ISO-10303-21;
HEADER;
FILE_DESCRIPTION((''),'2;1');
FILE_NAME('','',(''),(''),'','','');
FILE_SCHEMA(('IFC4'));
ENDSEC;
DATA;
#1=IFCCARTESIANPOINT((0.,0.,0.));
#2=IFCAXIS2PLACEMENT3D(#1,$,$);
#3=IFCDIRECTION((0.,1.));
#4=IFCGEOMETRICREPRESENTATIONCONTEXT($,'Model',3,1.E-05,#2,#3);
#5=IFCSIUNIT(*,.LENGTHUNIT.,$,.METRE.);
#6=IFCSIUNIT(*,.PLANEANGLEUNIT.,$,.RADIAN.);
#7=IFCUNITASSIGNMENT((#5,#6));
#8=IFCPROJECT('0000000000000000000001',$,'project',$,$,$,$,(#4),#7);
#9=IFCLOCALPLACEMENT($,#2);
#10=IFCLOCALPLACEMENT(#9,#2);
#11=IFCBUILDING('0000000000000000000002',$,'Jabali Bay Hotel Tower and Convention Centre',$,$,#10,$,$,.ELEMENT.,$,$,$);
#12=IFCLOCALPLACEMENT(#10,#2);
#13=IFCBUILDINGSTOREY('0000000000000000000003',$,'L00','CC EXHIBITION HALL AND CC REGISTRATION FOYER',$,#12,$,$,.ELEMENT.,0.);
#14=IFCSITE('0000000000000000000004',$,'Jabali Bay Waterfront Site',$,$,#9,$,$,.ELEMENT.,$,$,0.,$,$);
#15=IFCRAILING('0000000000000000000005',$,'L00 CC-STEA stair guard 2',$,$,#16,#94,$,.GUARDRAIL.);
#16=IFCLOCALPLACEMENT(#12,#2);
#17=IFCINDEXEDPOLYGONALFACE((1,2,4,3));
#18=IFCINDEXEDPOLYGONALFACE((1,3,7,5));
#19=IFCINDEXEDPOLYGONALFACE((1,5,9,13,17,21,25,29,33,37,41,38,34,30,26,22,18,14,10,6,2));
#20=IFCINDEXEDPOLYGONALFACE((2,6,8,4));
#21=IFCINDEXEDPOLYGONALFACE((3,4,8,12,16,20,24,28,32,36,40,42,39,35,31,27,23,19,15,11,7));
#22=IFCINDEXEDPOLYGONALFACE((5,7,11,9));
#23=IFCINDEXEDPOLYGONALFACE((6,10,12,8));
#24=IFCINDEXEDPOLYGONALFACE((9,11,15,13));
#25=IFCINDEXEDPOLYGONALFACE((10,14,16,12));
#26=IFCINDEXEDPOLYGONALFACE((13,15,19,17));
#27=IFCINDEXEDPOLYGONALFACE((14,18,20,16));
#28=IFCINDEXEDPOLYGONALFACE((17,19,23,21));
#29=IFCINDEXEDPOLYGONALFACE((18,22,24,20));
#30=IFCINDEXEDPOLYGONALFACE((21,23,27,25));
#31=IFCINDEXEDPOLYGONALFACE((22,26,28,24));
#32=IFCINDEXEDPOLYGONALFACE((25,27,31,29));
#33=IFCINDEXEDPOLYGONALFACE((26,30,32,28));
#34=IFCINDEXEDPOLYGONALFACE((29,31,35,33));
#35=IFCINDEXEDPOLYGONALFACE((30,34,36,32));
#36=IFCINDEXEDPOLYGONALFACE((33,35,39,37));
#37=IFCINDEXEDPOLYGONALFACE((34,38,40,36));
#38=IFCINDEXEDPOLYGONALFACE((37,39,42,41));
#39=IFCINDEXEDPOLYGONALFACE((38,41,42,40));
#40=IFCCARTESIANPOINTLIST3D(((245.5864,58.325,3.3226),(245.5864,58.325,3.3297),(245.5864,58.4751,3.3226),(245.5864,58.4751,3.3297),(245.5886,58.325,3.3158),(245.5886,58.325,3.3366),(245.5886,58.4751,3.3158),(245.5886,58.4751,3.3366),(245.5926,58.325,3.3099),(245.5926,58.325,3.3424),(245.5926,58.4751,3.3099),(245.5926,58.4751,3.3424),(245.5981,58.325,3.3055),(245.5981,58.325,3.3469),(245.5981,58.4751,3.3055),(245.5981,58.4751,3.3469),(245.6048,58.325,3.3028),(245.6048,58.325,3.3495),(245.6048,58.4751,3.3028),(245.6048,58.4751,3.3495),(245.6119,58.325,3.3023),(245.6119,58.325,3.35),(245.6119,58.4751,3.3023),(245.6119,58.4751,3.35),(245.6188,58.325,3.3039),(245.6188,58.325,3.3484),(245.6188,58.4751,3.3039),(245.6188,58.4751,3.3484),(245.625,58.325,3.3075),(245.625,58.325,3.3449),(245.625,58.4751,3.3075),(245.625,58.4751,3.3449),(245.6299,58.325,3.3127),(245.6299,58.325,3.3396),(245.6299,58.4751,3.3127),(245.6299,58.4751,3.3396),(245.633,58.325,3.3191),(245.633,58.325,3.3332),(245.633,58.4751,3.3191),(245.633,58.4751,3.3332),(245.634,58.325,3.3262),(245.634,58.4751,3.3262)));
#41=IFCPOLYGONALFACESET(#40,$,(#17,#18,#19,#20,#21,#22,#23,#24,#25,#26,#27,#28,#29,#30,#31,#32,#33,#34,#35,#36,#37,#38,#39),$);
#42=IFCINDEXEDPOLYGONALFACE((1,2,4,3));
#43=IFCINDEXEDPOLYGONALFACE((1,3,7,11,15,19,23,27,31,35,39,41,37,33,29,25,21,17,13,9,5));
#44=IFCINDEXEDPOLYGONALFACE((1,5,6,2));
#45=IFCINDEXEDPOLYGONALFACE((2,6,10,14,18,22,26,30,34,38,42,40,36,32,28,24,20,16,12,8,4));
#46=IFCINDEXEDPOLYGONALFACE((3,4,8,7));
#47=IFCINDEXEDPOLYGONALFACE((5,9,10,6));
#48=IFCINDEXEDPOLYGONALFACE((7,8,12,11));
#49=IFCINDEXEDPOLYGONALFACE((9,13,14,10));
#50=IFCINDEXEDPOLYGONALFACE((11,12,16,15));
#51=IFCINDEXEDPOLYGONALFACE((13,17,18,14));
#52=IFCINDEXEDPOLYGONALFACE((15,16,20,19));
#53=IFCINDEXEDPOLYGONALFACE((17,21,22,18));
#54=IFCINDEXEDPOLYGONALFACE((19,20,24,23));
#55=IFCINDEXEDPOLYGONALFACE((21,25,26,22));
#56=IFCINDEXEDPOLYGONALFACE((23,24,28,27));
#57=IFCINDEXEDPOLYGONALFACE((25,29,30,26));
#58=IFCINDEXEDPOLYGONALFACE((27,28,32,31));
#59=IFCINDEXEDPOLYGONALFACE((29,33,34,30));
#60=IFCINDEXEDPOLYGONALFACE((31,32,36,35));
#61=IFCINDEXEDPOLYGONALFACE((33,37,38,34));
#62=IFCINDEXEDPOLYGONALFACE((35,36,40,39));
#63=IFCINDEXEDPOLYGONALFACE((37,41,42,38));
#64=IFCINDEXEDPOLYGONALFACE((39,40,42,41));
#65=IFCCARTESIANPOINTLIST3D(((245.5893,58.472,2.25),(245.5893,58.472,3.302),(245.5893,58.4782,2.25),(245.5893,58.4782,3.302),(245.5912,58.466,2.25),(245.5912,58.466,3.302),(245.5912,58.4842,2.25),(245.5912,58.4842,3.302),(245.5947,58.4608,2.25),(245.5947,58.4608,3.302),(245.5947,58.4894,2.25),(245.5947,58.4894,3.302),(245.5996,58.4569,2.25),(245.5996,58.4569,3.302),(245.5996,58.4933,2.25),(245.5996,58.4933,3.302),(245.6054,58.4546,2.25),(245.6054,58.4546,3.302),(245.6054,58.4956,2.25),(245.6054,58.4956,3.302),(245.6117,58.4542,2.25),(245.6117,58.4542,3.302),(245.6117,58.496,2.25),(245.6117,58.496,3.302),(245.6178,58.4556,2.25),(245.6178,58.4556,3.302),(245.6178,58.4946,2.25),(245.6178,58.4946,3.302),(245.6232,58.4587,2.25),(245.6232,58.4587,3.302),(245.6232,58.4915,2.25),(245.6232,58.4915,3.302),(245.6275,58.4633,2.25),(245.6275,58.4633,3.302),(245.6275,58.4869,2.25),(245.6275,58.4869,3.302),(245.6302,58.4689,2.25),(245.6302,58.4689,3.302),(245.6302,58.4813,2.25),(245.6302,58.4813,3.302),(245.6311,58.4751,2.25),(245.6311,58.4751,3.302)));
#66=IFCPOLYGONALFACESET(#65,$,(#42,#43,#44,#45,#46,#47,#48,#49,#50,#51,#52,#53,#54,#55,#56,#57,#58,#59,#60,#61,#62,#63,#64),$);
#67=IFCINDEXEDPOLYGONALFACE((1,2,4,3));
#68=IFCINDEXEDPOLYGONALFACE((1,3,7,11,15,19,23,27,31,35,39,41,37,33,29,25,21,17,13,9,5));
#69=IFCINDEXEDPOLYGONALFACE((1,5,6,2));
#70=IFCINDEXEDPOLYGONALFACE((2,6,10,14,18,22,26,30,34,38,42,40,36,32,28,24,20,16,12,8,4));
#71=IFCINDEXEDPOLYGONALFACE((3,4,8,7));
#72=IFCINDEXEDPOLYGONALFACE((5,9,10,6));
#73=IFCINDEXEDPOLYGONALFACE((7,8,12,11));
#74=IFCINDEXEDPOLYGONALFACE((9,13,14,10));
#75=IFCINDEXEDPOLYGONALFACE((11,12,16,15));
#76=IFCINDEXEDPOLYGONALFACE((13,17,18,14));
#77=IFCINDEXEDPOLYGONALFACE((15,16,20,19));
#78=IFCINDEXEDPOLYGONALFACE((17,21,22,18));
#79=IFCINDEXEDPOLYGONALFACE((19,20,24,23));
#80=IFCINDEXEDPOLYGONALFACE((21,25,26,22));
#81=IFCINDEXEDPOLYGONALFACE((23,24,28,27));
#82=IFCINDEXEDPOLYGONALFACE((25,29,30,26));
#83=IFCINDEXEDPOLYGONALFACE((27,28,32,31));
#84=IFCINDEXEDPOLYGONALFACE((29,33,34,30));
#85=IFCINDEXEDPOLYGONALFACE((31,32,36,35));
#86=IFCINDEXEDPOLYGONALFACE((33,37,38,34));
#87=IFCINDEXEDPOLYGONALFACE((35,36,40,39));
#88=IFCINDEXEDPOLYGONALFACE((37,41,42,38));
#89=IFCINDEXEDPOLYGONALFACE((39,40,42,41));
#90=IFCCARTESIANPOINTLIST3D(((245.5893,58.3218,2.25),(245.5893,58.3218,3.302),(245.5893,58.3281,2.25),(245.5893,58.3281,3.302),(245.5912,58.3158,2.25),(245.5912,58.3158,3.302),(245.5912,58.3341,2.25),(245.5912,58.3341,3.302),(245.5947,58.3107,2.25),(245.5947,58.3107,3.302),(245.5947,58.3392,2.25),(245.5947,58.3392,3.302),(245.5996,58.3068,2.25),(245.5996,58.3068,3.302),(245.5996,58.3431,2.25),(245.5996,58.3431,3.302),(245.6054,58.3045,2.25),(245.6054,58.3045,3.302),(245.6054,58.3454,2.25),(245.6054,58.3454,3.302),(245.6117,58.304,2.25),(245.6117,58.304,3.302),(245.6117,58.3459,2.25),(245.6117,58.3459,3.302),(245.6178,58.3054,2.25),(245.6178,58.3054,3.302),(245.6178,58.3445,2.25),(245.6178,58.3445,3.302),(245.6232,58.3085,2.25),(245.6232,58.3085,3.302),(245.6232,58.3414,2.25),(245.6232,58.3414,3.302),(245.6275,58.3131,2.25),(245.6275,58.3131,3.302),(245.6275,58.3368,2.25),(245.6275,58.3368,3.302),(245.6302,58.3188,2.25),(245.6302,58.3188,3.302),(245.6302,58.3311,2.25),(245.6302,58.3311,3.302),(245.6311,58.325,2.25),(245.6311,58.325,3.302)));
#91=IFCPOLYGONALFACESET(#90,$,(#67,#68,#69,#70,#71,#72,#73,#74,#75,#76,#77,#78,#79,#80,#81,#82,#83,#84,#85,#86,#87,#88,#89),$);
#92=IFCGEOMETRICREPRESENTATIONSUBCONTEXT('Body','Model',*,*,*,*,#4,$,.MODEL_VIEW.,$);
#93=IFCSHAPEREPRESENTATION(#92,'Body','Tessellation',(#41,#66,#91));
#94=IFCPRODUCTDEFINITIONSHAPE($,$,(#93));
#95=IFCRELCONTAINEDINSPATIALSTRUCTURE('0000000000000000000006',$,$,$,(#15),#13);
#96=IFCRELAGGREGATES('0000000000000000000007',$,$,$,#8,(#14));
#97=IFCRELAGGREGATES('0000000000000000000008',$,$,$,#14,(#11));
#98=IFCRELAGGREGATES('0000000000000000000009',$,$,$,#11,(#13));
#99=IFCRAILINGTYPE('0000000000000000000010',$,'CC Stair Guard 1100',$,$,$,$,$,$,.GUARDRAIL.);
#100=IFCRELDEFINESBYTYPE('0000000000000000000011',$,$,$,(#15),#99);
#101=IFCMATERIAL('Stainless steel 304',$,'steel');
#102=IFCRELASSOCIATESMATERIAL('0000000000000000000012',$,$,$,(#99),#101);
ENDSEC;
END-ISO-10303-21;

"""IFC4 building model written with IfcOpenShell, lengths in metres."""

from ifc_helpers import new_model, si_unit, direction, frame, origin, origin_2d, place, context, subcontext, project, spatial, circle, extrude, material, type_object, element, save


model = new_model("IFC4")

# Units and contexts
model_context = context("Model", 3, precision=1e-05, world=origin(), true_north=direction((0.0, 1.0)))
body_context = subcontext(model_context, "Body", "Model", "MODEL_VIEW")
ifc_project = project(units=[si_unit("LENGTHUNIT", "METRE"), si_unit("PLANEANGLEUNIT", "RADIAN")], contexts=[model_context])

# Site, building, storey
site_placement = place(None, origin())
site = spatial("IfcSite", under=ifc_project, at=site_placement, Name="Jabali Bay Waterfront Site", CompositionType="ELEMENT", RefElevation=0.0)
building_placement = place(site_placement, origin())
building = spatial("IfcBuilding", under=site, at=building_placement, Name="Jabali Bay Hotel Tower and Convention Centre", CompositionType="ELEMENT")
storey_placement = place(building_placement, origin())
storey = spatial("IfcBuildingStorey", under=building, at=storey_placement, Name="L00", Description="CC EXHIBITION HALL AND CC REGISTRATION FOYER", CompositionType="ELEMENT", Elevation=0.0)

# Railing
ifc_material_1 = material(Name="Stainless steel 304", Category="steel")
railing_type_1 = type_object("IfcRailingType", Name="CC Stair Guard 1100", PredefinedType="GUARDRAIL", material=ifc_material_1)
railing_1_placement = place(storey_placement, frame((245.6101, 58.4751, 2.25)))
element("IfcRailing", 1, at=railing_1_placement, inside=storey, type_object=railing_type_1, Name="L00 CC-STEA stair guard 2", PredefinedType="GUARDRAIL", context=body_context, shape_type="SweptSolid", body=[
    extrude(circle(Radius=0.0239, at=origin_2d()), frame((0.0, 0.0, 1.0762), z_axis=(0.0, -1.0, 0.0), x_axis=(1.0, 0.0, 0.0)), (0.0, 0.0, 1.0), 0.1501),
    extrude(circle(Radius=0.021, at=origin_2d()), origin(), (0.0, 0.0, 1.0), 1.052),
    extrude(circle(Radius=0.021, at=origin_2d()), frame((0.0, -0.1501, 0.0)), (0.0, 0.0, 1.0), 1.052),
])

save(model, "model.ifc")
